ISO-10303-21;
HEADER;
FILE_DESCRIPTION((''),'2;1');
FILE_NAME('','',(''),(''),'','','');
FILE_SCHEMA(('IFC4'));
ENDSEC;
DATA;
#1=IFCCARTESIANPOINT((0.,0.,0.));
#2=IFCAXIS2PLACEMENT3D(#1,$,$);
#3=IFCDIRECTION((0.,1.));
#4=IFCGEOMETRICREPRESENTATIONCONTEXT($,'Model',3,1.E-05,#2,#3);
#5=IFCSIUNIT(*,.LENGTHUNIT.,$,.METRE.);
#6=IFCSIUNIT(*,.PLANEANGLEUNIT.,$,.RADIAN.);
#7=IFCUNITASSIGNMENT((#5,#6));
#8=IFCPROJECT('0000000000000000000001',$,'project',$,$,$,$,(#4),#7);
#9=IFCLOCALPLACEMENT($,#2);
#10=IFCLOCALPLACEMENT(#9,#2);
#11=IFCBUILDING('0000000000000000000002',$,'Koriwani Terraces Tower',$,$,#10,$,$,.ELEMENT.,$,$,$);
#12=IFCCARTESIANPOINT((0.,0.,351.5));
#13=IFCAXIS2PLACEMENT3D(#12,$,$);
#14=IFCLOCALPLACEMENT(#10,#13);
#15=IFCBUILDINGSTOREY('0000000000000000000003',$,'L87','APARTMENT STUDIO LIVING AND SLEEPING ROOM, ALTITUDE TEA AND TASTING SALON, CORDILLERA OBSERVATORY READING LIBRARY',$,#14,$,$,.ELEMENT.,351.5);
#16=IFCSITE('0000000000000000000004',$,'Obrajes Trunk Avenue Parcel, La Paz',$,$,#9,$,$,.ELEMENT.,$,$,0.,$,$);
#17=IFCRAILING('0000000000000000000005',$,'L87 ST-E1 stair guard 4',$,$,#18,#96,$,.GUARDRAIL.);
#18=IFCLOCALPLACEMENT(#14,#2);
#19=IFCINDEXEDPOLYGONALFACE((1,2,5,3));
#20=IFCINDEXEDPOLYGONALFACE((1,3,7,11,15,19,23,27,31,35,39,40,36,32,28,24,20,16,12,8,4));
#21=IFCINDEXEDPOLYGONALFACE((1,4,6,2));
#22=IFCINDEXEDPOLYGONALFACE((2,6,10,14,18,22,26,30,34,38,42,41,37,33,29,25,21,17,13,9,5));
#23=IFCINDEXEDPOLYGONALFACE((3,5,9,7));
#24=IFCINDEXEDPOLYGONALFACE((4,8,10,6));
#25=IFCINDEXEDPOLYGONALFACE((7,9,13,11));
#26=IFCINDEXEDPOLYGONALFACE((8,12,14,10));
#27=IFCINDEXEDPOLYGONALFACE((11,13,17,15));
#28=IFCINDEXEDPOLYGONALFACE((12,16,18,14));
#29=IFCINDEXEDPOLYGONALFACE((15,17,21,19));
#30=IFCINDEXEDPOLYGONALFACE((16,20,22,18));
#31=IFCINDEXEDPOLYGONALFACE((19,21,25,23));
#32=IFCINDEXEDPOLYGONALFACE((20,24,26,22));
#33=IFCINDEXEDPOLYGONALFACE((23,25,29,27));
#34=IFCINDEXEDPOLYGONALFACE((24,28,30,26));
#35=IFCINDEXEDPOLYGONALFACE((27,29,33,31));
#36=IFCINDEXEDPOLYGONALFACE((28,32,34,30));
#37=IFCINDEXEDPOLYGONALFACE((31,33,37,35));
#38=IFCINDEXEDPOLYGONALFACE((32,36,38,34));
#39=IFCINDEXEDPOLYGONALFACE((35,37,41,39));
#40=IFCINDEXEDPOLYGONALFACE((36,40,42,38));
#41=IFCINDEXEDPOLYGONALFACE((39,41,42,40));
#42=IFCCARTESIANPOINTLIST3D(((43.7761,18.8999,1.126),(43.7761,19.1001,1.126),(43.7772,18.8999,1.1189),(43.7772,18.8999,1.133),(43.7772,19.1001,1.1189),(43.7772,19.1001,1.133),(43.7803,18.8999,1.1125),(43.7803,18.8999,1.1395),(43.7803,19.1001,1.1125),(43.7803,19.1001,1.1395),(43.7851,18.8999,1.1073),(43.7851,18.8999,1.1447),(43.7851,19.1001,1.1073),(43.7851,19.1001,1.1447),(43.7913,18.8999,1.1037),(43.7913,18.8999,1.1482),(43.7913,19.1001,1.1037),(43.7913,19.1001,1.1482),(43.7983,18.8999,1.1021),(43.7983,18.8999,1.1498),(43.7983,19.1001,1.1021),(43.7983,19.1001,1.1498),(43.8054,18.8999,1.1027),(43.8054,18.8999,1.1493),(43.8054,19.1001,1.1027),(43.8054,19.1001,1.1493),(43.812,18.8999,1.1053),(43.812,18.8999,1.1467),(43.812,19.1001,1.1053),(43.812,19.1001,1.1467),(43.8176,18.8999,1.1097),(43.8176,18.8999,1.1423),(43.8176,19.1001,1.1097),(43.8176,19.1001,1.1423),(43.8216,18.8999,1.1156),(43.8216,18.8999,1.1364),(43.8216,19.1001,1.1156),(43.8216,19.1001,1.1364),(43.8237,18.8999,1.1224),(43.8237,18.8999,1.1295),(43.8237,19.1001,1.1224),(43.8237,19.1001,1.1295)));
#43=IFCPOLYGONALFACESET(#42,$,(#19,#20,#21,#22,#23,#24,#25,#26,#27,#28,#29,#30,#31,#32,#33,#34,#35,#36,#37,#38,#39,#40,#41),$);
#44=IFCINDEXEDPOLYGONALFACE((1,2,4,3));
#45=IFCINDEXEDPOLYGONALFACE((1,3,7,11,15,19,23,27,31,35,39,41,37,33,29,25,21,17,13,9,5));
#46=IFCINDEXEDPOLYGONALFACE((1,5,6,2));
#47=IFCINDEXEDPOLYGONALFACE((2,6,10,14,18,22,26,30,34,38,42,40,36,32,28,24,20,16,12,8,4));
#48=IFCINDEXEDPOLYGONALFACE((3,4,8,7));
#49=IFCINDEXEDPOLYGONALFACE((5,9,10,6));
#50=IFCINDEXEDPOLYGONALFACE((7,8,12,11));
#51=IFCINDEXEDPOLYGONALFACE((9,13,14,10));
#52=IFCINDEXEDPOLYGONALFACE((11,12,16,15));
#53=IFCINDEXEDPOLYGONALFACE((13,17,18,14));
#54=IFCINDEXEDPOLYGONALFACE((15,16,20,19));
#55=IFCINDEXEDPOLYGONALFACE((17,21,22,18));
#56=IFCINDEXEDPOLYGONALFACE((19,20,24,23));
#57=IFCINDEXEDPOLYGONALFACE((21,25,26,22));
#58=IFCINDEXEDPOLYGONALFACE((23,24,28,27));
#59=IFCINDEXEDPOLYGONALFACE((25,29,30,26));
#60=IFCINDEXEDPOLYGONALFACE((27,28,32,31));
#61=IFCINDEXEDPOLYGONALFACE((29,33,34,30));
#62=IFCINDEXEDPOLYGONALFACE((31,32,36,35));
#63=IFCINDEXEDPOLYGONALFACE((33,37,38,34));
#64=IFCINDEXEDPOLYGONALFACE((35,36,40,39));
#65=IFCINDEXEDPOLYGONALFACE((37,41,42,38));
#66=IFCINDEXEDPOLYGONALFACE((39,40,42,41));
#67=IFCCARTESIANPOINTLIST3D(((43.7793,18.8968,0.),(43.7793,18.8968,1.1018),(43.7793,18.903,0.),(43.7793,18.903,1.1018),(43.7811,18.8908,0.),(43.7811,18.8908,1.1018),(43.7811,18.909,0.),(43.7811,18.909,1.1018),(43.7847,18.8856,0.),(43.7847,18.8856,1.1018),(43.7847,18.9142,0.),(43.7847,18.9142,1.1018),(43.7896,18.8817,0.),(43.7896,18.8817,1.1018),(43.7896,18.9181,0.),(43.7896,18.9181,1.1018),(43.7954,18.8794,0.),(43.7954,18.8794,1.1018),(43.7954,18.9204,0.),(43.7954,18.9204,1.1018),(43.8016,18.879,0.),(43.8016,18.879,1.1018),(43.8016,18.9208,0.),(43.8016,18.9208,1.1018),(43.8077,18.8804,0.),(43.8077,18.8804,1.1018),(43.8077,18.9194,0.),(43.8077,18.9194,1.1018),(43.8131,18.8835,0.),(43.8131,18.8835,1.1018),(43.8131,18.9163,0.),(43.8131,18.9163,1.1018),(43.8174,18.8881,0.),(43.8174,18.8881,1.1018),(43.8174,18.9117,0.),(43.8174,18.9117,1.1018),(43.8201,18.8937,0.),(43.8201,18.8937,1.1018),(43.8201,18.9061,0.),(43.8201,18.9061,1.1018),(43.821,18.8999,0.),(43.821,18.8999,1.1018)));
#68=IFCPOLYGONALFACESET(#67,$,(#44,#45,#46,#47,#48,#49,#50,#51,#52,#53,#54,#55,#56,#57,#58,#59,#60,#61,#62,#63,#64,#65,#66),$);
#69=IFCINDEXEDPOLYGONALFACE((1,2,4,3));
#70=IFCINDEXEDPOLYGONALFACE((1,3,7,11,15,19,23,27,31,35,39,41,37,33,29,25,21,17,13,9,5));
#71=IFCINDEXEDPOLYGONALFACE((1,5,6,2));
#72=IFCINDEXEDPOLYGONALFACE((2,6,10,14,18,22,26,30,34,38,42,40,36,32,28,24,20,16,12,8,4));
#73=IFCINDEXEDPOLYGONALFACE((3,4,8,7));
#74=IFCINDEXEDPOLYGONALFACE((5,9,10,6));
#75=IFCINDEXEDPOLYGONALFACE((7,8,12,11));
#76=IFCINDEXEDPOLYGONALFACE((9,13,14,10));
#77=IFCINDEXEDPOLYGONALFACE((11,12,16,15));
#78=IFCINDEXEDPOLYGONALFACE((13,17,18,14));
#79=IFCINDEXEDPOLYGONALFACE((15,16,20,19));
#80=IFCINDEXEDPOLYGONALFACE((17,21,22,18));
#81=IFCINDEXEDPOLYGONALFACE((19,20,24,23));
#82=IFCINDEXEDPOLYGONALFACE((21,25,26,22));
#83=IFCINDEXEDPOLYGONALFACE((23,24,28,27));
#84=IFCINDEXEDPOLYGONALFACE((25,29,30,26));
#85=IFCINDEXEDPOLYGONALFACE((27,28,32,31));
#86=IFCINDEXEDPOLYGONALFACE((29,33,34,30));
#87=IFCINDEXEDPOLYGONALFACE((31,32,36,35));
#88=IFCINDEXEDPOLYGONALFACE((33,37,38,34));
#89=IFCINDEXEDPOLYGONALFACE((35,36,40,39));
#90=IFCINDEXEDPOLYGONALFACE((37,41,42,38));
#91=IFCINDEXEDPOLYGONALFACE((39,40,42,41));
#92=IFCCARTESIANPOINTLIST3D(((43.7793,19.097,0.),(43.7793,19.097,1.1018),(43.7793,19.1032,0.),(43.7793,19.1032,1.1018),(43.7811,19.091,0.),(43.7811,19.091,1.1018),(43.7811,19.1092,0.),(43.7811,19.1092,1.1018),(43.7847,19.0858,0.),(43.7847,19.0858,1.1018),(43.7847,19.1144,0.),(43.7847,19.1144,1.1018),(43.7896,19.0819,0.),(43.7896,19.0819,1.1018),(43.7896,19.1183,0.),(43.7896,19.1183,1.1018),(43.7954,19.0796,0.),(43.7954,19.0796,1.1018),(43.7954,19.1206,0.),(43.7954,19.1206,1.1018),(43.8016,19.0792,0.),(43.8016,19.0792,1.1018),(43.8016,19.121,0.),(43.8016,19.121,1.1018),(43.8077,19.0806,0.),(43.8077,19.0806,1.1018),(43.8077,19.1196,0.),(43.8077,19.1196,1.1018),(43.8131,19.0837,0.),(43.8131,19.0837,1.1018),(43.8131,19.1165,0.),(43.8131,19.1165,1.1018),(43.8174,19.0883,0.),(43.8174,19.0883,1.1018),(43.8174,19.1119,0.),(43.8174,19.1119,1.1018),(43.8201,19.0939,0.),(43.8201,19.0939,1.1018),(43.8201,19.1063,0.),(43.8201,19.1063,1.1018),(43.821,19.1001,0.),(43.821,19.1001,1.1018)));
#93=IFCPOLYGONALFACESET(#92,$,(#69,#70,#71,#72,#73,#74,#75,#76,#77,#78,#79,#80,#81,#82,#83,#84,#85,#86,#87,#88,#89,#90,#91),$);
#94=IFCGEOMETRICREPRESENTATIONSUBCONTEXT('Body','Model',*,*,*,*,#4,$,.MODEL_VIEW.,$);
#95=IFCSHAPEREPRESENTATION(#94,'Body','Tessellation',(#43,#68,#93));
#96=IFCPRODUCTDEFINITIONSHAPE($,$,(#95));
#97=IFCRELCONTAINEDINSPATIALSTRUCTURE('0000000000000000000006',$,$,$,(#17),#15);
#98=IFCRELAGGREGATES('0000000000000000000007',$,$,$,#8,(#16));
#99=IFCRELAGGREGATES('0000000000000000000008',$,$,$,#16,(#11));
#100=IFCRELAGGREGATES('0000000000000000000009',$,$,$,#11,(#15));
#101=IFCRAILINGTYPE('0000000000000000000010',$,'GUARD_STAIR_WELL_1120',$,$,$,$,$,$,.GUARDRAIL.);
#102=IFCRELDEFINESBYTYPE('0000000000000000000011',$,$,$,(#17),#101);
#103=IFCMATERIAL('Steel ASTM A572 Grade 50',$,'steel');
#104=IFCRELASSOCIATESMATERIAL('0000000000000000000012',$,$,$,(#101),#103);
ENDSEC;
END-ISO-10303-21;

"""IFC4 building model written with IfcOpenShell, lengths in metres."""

from ifc_helpers import new_model, si_unit, direction, frame, origin, origin_2d, place, context, subcontext, project, spatial, circle, extrude, material, type_object, element, save


model = new_model("IFC4")

# Units and contexts
model_context = context("Model", 3, precision=1e-05, world=origin(), true_north=direction((0.0, 1.0)))
body_context = subcontext(model_context, "Body", "Model", "MODEL_VIEW")
ifc_project = project(units=[si_unit("LENGTHUNIT", "METRE"), si_unit("PLANEANGLEUNIT", "RADIAN")], contexts=[model_context])

# Site, building, storey
site_placement = place(None, origin())
site = spatial("IfcSite", under=ifc_project, at=site_placement, Name="Obrajes Trunk Avenue Parcel, La Paz", CompositionType="ELEMENT", RefElevation=0.0)
building_placement = place(site_placement, origin())
building = spatial("IfcBuilding", under=site, at=building_placement, Name="Koriwani Terraces Tower", CompositionType="ELEMENT")
storey_placement = place(building_placement, frame((0.0, 0.0, 351.5)))
storey = spatial("IfcBuildingStorey", under=building, at=storey_placement, Name="L87", Description="APARTMENT STUDIO LIVING AND SLEEPING ROOM, ALTITUDE TEA AND TASTING SALON, CORDILLERA OBSERVATORY READING LIBRARY", CompositionType="ELEMENT", Elevation=351.5)

# Shared definitions
ifc_material_1 = material(Name="Steel ASTM A572 Grade 50", Category="steel")

# Railing
railing_type_1 = type_object("IfcRailingType", Name="GUARD_STAIR_WELL_1120", PredefinedType="GUARDRAIL", material=ifc_material_1)
railing_1_placement = place(storey_placement, frame((43.8, 18.8999, 0.0)))
element("IfcRailing", 1, at=railing_1_placement, inside=storey, type_object=railing_type_1, Name="L87 ST-E1 stair guard 4", PredefinedType="GUARDRAIL", context=body_context, shape_type="SweptSolid", body=[
    extrude(circle(Radius=0.0239, at=origin_2d()), frame((0.0, 0.0, 1.126), z_axis=(0.0, 1.0, 0.0), x_axis=(-1.0, 0.0, 0.0)), (0.0, 0.0, 1.0), 0.2002),
    extrude(circle(Radius=0.021, at=origin_2d()), origin(), (0.0, 0.0, 1.0), 1.1018),
    extrude(circle(Radius=0.021, at=origin_2d()), frame((0.0, 0.2002, 0.0)), (0.0, 0.0, 1.0), 1.1018),
])

save(model, "model.ifc")
